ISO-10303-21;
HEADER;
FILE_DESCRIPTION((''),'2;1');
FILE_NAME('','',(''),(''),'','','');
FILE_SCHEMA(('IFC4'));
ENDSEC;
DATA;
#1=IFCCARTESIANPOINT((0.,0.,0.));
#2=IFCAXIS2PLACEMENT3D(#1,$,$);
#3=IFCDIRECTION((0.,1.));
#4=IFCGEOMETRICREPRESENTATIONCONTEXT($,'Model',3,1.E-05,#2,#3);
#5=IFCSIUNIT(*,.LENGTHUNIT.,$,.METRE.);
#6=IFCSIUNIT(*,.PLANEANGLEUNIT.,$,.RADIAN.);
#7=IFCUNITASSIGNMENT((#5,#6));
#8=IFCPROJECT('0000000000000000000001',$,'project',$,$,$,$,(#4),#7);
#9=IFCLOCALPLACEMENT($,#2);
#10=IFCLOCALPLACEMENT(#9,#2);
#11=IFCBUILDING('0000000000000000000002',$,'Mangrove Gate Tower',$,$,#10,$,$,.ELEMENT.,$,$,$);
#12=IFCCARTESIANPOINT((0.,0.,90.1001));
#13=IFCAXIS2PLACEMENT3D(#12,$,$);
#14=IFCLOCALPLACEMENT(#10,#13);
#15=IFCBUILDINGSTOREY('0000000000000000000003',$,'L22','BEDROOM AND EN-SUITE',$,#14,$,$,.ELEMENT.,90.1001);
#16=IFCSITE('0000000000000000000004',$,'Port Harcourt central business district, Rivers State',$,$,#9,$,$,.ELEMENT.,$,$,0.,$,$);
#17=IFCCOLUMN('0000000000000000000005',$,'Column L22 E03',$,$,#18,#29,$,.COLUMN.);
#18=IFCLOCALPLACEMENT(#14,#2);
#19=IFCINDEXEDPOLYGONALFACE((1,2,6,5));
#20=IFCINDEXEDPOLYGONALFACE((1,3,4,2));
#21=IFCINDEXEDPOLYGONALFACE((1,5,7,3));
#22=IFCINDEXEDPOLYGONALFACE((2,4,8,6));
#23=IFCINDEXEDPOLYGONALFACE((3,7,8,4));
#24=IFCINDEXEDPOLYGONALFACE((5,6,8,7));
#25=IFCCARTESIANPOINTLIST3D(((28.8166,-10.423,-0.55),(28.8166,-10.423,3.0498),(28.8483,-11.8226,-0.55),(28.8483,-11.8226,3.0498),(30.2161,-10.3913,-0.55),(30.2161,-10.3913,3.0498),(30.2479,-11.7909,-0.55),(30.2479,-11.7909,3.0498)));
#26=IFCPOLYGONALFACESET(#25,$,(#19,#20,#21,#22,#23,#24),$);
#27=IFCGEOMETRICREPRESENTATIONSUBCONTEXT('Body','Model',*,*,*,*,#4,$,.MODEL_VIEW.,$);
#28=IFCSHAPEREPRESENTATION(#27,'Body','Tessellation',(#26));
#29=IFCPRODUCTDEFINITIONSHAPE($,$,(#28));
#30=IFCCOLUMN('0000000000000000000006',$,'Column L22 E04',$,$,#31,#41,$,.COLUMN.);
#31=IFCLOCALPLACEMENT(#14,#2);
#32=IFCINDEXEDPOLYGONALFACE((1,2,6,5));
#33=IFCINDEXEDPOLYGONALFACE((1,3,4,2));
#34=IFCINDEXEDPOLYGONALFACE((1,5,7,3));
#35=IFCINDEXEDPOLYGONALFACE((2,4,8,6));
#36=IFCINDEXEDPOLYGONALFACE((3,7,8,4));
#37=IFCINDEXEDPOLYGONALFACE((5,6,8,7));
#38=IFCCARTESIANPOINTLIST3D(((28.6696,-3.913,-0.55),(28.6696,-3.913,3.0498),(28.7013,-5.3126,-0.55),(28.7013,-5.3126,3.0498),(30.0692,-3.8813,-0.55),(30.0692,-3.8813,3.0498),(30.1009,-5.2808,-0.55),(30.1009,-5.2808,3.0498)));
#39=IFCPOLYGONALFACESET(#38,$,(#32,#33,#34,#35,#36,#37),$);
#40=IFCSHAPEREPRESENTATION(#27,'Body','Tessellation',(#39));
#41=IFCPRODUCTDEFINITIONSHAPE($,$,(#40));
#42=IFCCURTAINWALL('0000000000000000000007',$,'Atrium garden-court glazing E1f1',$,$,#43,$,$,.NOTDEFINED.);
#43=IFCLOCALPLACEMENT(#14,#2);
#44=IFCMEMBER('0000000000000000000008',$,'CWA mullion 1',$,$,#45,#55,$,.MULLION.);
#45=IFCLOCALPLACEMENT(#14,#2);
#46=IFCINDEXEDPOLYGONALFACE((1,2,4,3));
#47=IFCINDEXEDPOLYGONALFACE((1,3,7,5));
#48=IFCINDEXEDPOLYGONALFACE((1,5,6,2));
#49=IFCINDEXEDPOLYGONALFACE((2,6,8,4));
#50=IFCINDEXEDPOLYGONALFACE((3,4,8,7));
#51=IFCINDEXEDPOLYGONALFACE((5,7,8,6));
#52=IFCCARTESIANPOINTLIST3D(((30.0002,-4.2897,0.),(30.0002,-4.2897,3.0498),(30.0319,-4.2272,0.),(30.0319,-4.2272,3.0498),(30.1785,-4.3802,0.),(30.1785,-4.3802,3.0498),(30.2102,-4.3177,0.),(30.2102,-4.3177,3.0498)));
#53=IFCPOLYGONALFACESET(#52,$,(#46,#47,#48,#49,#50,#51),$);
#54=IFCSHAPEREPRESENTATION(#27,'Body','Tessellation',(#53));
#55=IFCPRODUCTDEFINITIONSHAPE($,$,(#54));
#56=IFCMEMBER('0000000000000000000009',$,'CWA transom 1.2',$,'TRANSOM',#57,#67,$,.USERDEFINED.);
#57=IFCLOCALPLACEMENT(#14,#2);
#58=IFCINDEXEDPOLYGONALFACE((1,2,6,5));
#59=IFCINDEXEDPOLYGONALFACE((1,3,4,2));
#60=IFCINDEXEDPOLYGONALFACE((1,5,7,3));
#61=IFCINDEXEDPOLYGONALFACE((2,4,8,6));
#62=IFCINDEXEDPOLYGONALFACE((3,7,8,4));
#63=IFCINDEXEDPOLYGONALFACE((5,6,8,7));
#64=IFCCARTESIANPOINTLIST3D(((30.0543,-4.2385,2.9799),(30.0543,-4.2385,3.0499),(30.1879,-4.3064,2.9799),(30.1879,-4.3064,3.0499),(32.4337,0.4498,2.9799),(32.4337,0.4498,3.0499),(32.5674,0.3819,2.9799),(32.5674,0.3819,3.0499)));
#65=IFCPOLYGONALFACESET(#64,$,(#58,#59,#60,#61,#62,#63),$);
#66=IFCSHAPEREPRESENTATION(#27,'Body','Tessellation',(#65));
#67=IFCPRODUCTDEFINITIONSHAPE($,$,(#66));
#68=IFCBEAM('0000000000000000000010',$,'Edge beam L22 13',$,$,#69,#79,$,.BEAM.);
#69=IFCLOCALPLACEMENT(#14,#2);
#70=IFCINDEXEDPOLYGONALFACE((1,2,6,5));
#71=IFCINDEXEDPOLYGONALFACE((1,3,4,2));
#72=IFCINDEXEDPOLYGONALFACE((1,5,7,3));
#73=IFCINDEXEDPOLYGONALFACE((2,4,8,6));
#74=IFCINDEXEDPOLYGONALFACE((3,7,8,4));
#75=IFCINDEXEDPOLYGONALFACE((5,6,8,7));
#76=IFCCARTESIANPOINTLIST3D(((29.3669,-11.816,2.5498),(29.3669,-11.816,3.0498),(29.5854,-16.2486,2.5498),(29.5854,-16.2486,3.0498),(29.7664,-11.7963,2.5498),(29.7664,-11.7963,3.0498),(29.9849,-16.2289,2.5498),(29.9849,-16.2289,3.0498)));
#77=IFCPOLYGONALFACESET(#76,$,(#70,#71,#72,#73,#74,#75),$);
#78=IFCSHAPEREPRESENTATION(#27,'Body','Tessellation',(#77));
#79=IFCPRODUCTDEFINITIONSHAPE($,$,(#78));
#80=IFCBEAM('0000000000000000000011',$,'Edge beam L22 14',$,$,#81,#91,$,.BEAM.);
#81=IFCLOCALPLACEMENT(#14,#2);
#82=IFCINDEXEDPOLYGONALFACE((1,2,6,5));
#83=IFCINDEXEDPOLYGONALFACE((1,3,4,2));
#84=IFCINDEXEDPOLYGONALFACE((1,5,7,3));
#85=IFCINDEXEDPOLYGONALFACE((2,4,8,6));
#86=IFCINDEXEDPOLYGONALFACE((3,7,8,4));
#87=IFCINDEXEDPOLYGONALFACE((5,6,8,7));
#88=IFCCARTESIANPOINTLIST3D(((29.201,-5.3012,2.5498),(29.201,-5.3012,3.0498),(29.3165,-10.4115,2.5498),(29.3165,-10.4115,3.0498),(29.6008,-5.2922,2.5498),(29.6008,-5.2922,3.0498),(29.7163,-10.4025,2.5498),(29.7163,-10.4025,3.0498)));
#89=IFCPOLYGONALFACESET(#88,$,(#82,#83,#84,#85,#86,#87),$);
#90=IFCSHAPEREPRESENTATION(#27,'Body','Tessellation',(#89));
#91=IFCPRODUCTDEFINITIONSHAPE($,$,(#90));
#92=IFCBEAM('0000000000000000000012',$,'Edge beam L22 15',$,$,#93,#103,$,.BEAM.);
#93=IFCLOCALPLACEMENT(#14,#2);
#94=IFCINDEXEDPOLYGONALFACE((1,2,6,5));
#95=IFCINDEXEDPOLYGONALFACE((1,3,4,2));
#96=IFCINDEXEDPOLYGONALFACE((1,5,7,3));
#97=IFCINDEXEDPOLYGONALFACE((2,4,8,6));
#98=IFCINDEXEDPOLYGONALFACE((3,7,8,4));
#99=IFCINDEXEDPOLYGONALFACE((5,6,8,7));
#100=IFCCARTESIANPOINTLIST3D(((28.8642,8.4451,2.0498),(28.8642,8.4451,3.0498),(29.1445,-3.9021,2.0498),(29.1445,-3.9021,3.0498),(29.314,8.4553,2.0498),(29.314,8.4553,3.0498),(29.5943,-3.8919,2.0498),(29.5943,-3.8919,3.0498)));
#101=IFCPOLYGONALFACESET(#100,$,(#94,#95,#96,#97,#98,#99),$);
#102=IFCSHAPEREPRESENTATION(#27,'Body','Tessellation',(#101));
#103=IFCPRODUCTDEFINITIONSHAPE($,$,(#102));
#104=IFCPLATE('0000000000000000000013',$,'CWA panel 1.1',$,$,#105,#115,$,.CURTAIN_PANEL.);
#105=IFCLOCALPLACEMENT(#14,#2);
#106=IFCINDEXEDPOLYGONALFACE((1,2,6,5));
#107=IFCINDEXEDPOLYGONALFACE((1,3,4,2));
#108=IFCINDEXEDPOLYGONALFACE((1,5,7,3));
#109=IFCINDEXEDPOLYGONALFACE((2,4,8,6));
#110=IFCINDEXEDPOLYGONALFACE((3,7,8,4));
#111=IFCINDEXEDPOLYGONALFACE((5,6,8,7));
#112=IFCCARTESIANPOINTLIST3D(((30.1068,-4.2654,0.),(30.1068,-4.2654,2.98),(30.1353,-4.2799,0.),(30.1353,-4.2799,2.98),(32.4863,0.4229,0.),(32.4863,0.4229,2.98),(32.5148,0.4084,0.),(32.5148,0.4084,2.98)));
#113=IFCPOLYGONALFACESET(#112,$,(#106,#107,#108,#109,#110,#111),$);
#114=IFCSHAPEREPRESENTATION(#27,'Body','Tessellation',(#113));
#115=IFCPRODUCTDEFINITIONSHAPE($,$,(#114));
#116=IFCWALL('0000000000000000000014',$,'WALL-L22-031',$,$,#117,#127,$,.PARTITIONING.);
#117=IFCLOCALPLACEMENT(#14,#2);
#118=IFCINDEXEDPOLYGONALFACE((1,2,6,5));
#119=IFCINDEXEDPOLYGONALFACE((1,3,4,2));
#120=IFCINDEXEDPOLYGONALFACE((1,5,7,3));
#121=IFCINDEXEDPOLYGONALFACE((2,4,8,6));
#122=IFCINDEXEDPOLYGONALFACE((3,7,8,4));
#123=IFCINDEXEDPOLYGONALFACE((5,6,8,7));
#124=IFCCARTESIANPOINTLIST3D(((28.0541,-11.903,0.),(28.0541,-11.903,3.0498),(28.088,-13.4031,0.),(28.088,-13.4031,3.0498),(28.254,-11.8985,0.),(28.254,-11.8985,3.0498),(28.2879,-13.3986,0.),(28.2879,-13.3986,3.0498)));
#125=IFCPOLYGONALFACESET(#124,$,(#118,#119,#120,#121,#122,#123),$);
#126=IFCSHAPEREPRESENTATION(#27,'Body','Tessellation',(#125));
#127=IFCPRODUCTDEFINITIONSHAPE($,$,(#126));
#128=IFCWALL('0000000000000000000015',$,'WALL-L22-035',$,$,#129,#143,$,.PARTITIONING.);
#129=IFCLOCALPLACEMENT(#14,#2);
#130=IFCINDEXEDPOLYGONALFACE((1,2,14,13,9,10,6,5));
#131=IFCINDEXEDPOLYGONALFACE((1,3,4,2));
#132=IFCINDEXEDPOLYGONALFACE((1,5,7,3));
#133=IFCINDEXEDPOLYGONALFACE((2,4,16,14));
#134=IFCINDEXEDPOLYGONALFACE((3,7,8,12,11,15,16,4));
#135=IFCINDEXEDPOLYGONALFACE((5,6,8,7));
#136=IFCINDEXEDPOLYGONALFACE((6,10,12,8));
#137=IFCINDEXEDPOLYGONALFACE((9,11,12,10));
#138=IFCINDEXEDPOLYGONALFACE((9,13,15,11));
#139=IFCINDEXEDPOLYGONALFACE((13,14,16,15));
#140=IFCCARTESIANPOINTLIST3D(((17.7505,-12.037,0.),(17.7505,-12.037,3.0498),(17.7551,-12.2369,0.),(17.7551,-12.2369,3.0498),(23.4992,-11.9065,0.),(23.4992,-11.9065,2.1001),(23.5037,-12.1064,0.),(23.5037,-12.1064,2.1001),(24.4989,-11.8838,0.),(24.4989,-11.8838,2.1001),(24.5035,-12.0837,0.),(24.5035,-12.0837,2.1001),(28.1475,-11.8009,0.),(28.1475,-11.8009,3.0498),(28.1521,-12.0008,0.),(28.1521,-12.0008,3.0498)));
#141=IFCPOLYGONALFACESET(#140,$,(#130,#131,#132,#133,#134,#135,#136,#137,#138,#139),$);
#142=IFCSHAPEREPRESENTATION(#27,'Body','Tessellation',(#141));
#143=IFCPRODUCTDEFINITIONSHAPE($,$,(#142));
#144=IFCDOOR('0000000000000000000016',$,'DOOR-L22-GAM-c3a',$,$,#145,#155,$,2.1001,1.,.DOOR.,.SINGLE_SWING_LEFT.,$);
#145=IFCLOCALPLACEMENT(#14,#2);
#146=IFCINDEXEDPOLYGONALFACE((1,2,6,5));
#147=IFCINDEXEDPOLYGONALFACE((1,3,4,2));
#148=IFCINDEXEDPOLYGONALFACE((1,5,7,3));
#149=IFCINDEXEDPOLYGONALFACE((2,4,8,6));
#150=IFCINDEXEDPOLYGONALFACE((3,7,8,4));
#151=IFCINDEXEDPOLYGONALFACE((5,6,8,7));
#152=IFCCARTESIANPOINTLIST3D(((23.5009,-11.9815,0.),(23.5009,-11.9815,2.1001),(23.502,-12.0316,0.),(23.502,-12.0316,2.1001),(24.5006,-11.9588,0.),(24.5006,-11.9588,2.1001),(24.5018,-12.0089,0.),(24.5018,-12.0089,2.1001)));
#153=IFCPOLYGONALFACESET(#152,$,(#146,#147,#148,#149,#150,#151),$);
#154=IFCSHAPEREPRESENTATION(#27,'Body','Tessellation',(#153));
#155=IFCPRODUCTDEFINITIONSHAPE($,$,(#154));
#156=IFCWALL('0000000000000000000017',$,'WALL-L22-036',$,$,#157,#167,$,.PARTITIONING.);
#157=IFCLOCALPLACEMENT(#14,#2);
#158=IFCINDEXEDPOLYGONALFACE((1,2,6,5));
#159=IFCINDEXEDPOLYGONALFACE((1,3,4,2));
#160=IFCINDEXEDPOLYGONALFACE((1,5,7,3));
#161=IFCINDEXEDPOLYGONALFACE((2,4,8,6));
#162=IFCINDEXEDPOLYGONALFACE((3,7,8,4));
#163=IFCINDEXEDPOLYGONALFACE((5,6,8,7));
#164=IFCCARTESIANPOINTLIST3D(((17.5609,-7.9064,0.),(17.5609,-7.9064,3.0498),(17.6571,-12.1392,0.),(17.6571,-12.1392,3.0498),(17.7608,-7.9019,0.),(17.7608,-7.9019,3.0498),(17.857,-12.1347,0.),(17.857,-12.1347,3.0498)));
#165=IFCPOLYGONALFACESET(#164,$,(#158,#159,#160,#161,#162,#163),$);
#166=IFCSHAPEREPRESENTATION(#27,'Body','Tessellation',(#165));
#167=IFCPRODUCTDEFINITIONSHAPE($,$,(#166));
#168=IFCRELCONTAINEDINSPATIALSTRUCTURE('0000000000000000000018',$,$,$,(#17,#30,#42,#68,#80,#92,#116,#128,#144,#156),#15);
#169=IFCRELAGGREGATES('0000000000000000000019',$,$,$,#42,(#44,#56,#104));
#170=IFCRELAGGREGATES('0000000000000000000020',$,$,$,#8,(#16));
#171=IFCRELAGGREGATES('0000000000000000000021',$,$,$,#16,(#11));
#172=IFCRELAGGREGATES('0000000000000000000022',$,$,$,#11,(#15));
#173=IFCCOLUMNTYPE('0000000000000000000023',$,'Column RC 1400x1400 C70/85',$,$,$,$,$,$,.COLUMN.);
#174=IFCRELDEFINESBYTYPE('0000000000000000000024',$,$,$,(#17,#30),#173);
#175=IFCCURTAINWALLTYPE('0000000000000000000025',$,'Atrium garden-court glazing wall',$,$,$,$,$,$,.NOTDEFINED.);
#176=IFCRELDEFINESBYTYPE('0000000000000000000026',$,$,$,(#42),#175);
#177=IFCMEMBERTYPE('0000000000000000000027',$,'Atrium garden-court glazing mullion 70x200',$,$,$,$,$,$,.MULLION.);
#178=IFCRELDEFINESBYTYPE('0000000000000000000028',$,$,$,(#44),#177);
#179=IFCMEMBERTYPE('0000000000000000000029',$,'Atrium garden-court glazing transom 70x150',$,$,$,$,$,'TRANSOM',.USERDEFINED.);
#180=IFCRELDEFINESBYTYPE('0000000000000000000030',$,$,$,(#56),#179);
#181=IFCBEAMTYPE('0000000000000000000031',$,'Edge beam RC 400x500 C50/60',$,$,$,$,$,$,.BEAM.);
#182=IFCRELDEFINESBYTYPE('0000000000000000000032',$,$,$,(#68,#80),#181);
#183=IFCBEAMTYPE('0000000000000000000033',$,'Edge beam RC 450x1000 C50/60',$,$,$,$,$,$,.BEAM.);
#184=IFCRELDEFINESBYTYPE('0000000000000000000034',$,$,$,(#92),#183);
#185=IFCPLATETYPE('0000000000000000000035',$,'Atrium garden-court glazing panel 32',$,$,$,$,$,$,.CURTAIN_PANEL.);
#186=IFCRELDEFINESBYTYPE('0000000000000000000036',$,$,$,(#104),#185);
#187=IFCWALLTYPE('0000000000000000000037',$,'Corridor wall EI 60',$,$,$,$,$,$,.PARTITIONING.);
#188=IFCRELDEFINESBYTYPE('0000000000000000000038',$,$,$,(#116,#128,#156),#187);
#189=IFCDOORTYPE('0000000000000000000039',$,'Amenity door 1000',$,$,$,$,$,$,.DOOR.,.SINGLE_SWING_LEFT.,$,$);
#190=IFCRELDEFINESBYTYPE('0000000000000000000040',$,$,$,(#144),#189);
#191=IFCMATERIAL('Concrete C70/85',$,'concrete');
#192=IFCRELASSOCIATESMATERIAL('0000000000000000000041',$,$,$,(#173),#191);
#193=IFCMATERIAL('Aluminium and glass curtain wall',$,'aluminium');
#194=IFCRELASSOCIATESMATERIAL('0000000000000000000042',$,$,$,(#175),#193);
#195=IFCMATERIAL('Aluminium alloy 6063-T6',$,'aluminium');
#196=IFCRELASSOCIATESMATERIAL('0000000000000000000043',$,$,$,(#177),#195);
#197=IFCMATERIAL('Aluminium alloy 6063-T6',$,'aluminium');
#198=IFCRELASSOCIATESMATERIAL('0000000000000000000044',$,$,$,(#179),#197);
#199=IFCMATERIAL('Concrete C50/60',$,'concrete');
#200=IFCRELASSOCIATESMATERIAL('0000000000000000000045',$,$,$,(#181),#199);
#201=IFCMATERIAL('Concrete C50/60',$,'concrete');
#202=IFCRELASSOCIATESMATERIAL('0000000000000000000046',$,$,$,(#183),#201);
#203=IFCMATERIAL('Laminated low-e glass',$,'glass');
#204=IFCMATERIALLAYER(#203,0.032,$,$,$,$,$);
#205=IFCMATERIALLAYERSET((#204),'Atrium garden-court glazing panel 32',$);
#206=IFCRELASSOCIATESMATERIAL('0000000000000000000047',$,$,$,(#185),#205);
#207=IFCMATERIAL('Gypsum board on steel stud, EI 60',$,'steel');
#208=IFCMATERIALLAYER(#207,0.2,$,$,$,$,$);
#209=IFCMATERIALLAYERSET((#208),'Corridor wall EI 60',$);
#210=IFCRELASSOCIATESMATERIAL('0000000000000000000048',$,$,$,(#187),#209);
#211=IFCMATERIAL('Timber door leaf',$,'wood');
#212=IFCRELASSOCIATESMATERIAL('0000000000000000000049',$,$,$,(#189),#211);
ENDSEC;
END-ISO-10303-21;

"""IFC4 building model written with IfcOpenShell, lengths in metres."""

from ifc_helpers import new_model, si_unit, direction, frame, frame_2d, origin, origin_2d, place, context, subcontext, project, spatial, rectangle, extrude, material, layer, layer_set, material_profile, profile_set, type_object, element, fill, aggregate, save


model = new_model("IFC4")

# Units and contexts
model_context = context("Model", 3, precision=1e-05, world=origin(), true_north=direction((0.0, 1.0)))
body_context = subcontext(model_context, "Body", "Model", "MODEL_VIEW")
ifc_project = project(units=[si_unit("LENGTHUNIT", "METRE"), si_unit("PLANEANGLEUNIT", "RADIAN")], contexts=[model_context])

# Site, building, storey
site_placement = place(None, origin())
site = spatial("IfcSite", under=ifc_project, at=site_placement, Name="Port Harcourt central business district, Rivers State", CompositionType="ELEMENT", RefElevation=0.0)
building_placement = place(site_placement, origin())
building = spatial("IfcBuilding", under=site, at=building_placement, Name="Mangrove Gate Tower", CompositionType="ELEMENT")
storey_placement = place(building_placement, frame((0.0, 0.0, 90.1001)))
storey = spatial("IfcBuildingStorey", under=building, at=storey_placement, Name="L22", Description="BEDROOM AND EN-SUITE", CompositionType="ELEMENT", Elevation=90.1001)

# Columns
ifc_material_1 = material(Name="Concrete C70/85", Category="concrete")
ifc_material_profile_1 = material_profile(ifc_material_1, rectangle(XDim=1.3999, YDim=1.3999, at=origin_2d()))
ifc_profile_set_1 = profile_set([ifc_material_profile_1], Name="Concrete C70/85")
column_type = type_object("IfcColumnType", Name="Column RC 1400x1400 C70/85", PredefinedType="COLUMN", material=ifc_profile_set_1)
for number, where, z_axis, x_axis, name in (
    (1, (29.5322, -11.1069, -0.55), (0.0, 0.0, 1.0), (-0.02265, 0.999743, 0.0), "Column L22 E03"),
    (2, (29.3853, -4.5969, -0.55), (0.0, 0.0, 1.0), (-0.022653, 0.999743, 0.0), "Column L22 E04"),
):
    element("IfcColumn", number, at=place(storey_placement, frame(where, z_axis=z_axis, x_axis=x_axis)), inside=storey, type_object=column_type, Name=name, PredefinedType="COLUMN", context=body_context, shape_type="SweptSolid", body=[
        extrude(rectangle(XDim=1.3999, YDim=1.3999, at=origin_2d()), origin(), (0.0, 0.0, 1.0), 3.5999),
    ])

# Curtain wall, members
ifc_material_2 = material(Name="Aluminium and glass curtain wall", Category="aluminium")
curtain_wall_type = type_object("IfcCurtainWallType", Name="Atrium garden-court glazing wall", PredefinedType="NOTDEFINED", material=ifc_material_2)
curtain_wall_placement = place(storey_placement, origin())
curtain_wall = element("IfcCurtainWall", 3, at=curtain_wall_placement, inside=storey, type_object=curtain_wall_type, Name="Atrium garden-court glazing E1f1", PredefinedType="NOTDEFINED")
ifc_material_3 = material(Name="Aluminium alloy 6063-T6", Category="aluminium")
ifc_material_profile_2 = material_profile(ifc_material_3, rectangle(XDim=0.0701, YDim=0.2, at=origin_2d()))
ifc_profile_set_2 = profile_set([ifc_material_profile_2], Name="Aluminium alloy 6063-T6")
member_type_1 = type_object("IfcMemberType", Name="Atrium garden-court glazing mullion 70x200", PredefinedType="MULLION", material=ifc_profile_set_2)
member_1_placement = place(storey_placement, frame((30.1052, -4.3037, 0.0), z_axis=(0.0, 0.0, 1.0), x_axis=(0.452581, 0.891723, 0.0)))
member_1 = element("IfcMember", 4, at=member_1_placement, type_object=member_type_1, Name="CWA mullion 1", PredefinedType="MULLION", context=body_context, shape_type="SweptSolid", body=[
    extrude(rectangle(XDim=0.0701, YDim=0.2, at=origin_2d()), origin(), (0.0, 0.0, 1.0), 3.0498),
])
ifc_material_4 = material(Name="Aluminium alloy 6063-T6", Category="aluminium")
ifc_material_profile_3 = material_profile(ifc_material_4, rectangle(XDim=0.0701, YDim=0.1499, at=origin_2d()))
ifc_profile_set_3 = profile_set([ifc_material_profile_3], Name="Aluminium alloy 6063-T6")
member_type_2 = type_object("IfcMemberType", Name="Atrium garden-court glazing transom 70x150", ElementType="TRANSOM", PredefinedType="USERDEFINED", material=ifc_profile_set_3)
member_2_placement = place(storey_placement, frame((30.1211, -4.2725, 3.0149), z_axis=(0.452574, 0.891727, 0.0), x_axis=(0.0, 0.0, 1.0)))
member_2 = element("IfcMember", 5, at=member_2_placement, type_object=member_type_2, Name="CWA transom 1.2", ObjectType="TRANSOM", PredefinedType="USERDEFINED", context=body_context, shape_type="SweptSolid", body=[
    extrude(rectangle(XDim=0.0701, YDim=0.1499, at=origin_2d()), origin(), (0.0, 0.0, 1.0), 5.2576),
])

# Beams
ifc_material_5 = material(Name="Concrete C50/60", Category="concrete")
ifc_material_profile_4 = material_profile(ifc_material_5, rectangle(XDim=0.3999, YDim=0.5, at=origin_2d()))
ifc_profile_set_4 = profile_set([ifc_material_profile_4], Name="Concrete C50/60")
beam_type_1 = type_object("IfcBeamType", Name="Edge beam RC 400x500 C50/60", PredefinedType="BEAM", material=ifc_profile_set_4)
beam_1_placement = place(storey_placement, frame((29.7852, -16.2388, 2.7998), z_axis=(-0.049235, 0.998787, 0.0), x_axis=(-0.998787, -0.049235, 0.0)))
element("IfcBeam", 6, at=beam_1_placement, inside=storey, type_object=beam_type_1, Name="Edge beam L22 13", PredefinedType="BEAM", context=body_context, shape_type="SweptSolid", body=[
    extrude(rectangle(XDim=0.3999, YDim=0.5, at=origin_2d()), origin(), (0.0, 0.0, 1.0), 4.438),
])
beam_2_placement = place(storey_placement, frame((29.5164, -10.407, 2.7998), z_axis=(-0.022591, 0.999745, 0.0), x_axis=(-0.999745, -0.022591, 0.0)))
element("IfcBeam", 7, at=beam_2_placement, inside=storey, type_object=beam_type_1, Name="Edge beam L22 14", PredefinedType="BEAM", context=body_context, shape_type="SweptSolid", body=[
    extrude(rectangle(XDim=0.3999, YDim=0.5, at=origin_2d()), origin(), (0.0, 0.0, 1.0), 5.1116),
])
ifc_material_6 = material(Name="Concrete C50/60", Category="concrete")
ifc_material_profile_5 = material_profile(ifc_material_6, rectangle(XDim=0.45, YDim=1.0, at=origin_2d()))
ifc_profile_set_5 = profile_set([ifc_material_profile_5], Name="Concrete C50/60")
beam_type_2 = type_object("IfcBeamType", Name="Edge beam RC 450x1000 C50/60", PredefinedType="BEAM", material=ifc_profile_set_5)
beam_3_placement = place(storey_placement, frame((29.3694, -3.897, 2.5498), z_axis=(-0.022694, 0.999742, 0.0), x_axis=(-0.999742, -0.022694, 0.0)))
element("IfcBeam", 8, at=beam_3_placement, inside=storey, type_object=beam_type_2, Name="Edge beam L22 15", PredefinedType="BEAM", context=body_context, shape_type="SweptSolid", body=[
    extrude(rectangle(XDim=0.45, YDim=1.0, at=origin_2d()), origin(), (0.0, 0.0, 1.0), 12.3503),
])

# Plate
ifc_material_7 = material(Name="Laminated low-e glass", Category="glass")
ifc_layer_1 = layer(ifc_material_7, 0.032)
ifc_layer_set_1 = layer_set([ifc_layer_1], Name="Atrium garden-court glazing panel 32")
plate_type = type_object("IfcPlateType", Name="Atrium garden-court glazing panel 32", PredefinedType="CURTAIN_PANEL", material=ifc_layer_set_1)
plate_placement = place(storey_placement, frame((31.3108, -1.9285, 0.0), z_axis=(0.0, 0.0, 1.0), x_axis=(0.452581, 0.891723, 0.0)))
plate = element("IfcPlate", 9, at=plate_placement, type_object=plate_type, Name="CWA panel 1.1", PredefinedType="CURTAIN_PANEL", context=body_context, shape_type="SweptSolid", body=[
    extrude(rectangle(XDim=5.2576, YDim=0.032, at=origin_2d()), origin(), (0.0, 0.0, 1.0), 2.98),
])
aggregate(curtain_wall, [member_1, member_2, plate])

# Wall
ifc_material_8 = material(Name="Gypsum board on steel stud, EI 60", Category="steel")
ifc_layer_2 = layer(ifc_material_8, 0.2)
ifc_layer_set_2 = layer_set([ifc_layer_2], Name="Corridor wall EI 60")
wall_type_1 = type_object("IfcWallType", Name="Corridor wall EI 60", PredefinedType="PARTITIONING", material=ifc_layer_set_2)
wall_1_placement = place(storey_placement, frame((28.188, -13.4009, 0.0), z_axis=(0.0, 0.0, 1.0), x_axis=(-0.022618, 0.999744, 0.0)))
element("IfcWall", 10, at=wall_1_placement, inside=storey, type_object=wall_type_1, Name="WALL-L22-031", PredefinedType="PARTITIONING", context=body_context, shape_type="SweptSolid", body=[
    extrude(rectangle(XDim=1.5005, YDim=0.2, at=frame_2d((0.7502, 0.0))), origin(), (0.0, 0.0, 1.0), 3.0498),
])

# Wall, opening, door
wall_2_placement = place(storey_placement, frame((17.7529, -12.137, 0.0), z_axis=(0.0, 0.0, 1.0), x_axis=(0.999742, 0.022701, 0.0)))
wall_2 = element("IfcWall", 11, at=wall_2_placement, inside=storey, type_object=wall_type_1, Name="WALL-L22-035", PredefinedType="PARTITIONING", context=body_context, shape_type="SweptSolid", body=[
    extrude(rectangle(XDim=10.3997, YDim=0.2, at=frame_2d((5.1997, 0.0))), origin(), (0.0, 0.0, 1.0), 3.0498),
])
opening_1_placement = place(wall_2_placement, frame((5.75, 0.0, 0.0)))
opening_1 = element("IfcOpeningElement", 12, at=opening_1_placement, cuts=wall_2, PredefinedType="OPENING", context=body_context, shape_type="SweptSolid", body=[
    extrude(rectangle(XDim=1.0, YDim=2.1001, at=frame_2d((0.5, 1.05))), frame((0.0, 0.1099, 0.0), z_axis=(0.0, -1.0, 0.0), x_axis=(1.0, 0.0, 0.0)), (0.0, 0.0, 1.0), 0.22),
])
ifc_material_9 = material(Name="Timber door leaf", Category="wood")
door_type_1 = type_object("IfcDoorType", Name="Amenity door 1000", OperationType="SINGLE_SWING_LEFT", PredefinedType="DOOR", material=ifc_material_9)
door_1_placement = place(opening_1_placement, origin())
door_1 = element("IfcDoor", 13, at=door_1_placement, inside=storey, type_object=door_type_1, Name="DOOR-L22-GAM-c3a", OperationType="SINGLE_SWING_LEFT", OverallHeight=2.1001, OverallWidth=1.0, PredefinedType="DOOR", context=body_context, shape_type="SweptSolid", body=[
    extrude(rectangle(XDim=1.0, YDim=2.1001, at=frame_2d((0.5, 1.05))), frame((0.0, 0.0249, 0.0), z_axis=(0.0, -1.0, 0.0), x_axis=(1.0, 0.0, 0.0)), (0.0, 0.0, 1.0), 0.05),
])
fill(opening_1, door_1)

# Wall
wall_3_placement = place(storey_placement, frame((17.7571, -12.137, 0.0), z_axis=(0.0, 0.0, 1.0), x_axis=(-0.022719, 0.999742, 0.0)))
element("IfcWall", 14, at=wall_3_placement, inside=storey, type_object=wall_type_1, Name="WALL-L22-036", PredefinedType="PARTITIONING", context=body_context, shape_type="SweptSolid", body=[
    extrude(rectangle(XDim=4.2339, YDim=0.2, at=frame_2d((2.1169, 0.0))), origin(), (0.0, 0.0, 1.0), 3.0498),
])

save(model, "model.ifc")
